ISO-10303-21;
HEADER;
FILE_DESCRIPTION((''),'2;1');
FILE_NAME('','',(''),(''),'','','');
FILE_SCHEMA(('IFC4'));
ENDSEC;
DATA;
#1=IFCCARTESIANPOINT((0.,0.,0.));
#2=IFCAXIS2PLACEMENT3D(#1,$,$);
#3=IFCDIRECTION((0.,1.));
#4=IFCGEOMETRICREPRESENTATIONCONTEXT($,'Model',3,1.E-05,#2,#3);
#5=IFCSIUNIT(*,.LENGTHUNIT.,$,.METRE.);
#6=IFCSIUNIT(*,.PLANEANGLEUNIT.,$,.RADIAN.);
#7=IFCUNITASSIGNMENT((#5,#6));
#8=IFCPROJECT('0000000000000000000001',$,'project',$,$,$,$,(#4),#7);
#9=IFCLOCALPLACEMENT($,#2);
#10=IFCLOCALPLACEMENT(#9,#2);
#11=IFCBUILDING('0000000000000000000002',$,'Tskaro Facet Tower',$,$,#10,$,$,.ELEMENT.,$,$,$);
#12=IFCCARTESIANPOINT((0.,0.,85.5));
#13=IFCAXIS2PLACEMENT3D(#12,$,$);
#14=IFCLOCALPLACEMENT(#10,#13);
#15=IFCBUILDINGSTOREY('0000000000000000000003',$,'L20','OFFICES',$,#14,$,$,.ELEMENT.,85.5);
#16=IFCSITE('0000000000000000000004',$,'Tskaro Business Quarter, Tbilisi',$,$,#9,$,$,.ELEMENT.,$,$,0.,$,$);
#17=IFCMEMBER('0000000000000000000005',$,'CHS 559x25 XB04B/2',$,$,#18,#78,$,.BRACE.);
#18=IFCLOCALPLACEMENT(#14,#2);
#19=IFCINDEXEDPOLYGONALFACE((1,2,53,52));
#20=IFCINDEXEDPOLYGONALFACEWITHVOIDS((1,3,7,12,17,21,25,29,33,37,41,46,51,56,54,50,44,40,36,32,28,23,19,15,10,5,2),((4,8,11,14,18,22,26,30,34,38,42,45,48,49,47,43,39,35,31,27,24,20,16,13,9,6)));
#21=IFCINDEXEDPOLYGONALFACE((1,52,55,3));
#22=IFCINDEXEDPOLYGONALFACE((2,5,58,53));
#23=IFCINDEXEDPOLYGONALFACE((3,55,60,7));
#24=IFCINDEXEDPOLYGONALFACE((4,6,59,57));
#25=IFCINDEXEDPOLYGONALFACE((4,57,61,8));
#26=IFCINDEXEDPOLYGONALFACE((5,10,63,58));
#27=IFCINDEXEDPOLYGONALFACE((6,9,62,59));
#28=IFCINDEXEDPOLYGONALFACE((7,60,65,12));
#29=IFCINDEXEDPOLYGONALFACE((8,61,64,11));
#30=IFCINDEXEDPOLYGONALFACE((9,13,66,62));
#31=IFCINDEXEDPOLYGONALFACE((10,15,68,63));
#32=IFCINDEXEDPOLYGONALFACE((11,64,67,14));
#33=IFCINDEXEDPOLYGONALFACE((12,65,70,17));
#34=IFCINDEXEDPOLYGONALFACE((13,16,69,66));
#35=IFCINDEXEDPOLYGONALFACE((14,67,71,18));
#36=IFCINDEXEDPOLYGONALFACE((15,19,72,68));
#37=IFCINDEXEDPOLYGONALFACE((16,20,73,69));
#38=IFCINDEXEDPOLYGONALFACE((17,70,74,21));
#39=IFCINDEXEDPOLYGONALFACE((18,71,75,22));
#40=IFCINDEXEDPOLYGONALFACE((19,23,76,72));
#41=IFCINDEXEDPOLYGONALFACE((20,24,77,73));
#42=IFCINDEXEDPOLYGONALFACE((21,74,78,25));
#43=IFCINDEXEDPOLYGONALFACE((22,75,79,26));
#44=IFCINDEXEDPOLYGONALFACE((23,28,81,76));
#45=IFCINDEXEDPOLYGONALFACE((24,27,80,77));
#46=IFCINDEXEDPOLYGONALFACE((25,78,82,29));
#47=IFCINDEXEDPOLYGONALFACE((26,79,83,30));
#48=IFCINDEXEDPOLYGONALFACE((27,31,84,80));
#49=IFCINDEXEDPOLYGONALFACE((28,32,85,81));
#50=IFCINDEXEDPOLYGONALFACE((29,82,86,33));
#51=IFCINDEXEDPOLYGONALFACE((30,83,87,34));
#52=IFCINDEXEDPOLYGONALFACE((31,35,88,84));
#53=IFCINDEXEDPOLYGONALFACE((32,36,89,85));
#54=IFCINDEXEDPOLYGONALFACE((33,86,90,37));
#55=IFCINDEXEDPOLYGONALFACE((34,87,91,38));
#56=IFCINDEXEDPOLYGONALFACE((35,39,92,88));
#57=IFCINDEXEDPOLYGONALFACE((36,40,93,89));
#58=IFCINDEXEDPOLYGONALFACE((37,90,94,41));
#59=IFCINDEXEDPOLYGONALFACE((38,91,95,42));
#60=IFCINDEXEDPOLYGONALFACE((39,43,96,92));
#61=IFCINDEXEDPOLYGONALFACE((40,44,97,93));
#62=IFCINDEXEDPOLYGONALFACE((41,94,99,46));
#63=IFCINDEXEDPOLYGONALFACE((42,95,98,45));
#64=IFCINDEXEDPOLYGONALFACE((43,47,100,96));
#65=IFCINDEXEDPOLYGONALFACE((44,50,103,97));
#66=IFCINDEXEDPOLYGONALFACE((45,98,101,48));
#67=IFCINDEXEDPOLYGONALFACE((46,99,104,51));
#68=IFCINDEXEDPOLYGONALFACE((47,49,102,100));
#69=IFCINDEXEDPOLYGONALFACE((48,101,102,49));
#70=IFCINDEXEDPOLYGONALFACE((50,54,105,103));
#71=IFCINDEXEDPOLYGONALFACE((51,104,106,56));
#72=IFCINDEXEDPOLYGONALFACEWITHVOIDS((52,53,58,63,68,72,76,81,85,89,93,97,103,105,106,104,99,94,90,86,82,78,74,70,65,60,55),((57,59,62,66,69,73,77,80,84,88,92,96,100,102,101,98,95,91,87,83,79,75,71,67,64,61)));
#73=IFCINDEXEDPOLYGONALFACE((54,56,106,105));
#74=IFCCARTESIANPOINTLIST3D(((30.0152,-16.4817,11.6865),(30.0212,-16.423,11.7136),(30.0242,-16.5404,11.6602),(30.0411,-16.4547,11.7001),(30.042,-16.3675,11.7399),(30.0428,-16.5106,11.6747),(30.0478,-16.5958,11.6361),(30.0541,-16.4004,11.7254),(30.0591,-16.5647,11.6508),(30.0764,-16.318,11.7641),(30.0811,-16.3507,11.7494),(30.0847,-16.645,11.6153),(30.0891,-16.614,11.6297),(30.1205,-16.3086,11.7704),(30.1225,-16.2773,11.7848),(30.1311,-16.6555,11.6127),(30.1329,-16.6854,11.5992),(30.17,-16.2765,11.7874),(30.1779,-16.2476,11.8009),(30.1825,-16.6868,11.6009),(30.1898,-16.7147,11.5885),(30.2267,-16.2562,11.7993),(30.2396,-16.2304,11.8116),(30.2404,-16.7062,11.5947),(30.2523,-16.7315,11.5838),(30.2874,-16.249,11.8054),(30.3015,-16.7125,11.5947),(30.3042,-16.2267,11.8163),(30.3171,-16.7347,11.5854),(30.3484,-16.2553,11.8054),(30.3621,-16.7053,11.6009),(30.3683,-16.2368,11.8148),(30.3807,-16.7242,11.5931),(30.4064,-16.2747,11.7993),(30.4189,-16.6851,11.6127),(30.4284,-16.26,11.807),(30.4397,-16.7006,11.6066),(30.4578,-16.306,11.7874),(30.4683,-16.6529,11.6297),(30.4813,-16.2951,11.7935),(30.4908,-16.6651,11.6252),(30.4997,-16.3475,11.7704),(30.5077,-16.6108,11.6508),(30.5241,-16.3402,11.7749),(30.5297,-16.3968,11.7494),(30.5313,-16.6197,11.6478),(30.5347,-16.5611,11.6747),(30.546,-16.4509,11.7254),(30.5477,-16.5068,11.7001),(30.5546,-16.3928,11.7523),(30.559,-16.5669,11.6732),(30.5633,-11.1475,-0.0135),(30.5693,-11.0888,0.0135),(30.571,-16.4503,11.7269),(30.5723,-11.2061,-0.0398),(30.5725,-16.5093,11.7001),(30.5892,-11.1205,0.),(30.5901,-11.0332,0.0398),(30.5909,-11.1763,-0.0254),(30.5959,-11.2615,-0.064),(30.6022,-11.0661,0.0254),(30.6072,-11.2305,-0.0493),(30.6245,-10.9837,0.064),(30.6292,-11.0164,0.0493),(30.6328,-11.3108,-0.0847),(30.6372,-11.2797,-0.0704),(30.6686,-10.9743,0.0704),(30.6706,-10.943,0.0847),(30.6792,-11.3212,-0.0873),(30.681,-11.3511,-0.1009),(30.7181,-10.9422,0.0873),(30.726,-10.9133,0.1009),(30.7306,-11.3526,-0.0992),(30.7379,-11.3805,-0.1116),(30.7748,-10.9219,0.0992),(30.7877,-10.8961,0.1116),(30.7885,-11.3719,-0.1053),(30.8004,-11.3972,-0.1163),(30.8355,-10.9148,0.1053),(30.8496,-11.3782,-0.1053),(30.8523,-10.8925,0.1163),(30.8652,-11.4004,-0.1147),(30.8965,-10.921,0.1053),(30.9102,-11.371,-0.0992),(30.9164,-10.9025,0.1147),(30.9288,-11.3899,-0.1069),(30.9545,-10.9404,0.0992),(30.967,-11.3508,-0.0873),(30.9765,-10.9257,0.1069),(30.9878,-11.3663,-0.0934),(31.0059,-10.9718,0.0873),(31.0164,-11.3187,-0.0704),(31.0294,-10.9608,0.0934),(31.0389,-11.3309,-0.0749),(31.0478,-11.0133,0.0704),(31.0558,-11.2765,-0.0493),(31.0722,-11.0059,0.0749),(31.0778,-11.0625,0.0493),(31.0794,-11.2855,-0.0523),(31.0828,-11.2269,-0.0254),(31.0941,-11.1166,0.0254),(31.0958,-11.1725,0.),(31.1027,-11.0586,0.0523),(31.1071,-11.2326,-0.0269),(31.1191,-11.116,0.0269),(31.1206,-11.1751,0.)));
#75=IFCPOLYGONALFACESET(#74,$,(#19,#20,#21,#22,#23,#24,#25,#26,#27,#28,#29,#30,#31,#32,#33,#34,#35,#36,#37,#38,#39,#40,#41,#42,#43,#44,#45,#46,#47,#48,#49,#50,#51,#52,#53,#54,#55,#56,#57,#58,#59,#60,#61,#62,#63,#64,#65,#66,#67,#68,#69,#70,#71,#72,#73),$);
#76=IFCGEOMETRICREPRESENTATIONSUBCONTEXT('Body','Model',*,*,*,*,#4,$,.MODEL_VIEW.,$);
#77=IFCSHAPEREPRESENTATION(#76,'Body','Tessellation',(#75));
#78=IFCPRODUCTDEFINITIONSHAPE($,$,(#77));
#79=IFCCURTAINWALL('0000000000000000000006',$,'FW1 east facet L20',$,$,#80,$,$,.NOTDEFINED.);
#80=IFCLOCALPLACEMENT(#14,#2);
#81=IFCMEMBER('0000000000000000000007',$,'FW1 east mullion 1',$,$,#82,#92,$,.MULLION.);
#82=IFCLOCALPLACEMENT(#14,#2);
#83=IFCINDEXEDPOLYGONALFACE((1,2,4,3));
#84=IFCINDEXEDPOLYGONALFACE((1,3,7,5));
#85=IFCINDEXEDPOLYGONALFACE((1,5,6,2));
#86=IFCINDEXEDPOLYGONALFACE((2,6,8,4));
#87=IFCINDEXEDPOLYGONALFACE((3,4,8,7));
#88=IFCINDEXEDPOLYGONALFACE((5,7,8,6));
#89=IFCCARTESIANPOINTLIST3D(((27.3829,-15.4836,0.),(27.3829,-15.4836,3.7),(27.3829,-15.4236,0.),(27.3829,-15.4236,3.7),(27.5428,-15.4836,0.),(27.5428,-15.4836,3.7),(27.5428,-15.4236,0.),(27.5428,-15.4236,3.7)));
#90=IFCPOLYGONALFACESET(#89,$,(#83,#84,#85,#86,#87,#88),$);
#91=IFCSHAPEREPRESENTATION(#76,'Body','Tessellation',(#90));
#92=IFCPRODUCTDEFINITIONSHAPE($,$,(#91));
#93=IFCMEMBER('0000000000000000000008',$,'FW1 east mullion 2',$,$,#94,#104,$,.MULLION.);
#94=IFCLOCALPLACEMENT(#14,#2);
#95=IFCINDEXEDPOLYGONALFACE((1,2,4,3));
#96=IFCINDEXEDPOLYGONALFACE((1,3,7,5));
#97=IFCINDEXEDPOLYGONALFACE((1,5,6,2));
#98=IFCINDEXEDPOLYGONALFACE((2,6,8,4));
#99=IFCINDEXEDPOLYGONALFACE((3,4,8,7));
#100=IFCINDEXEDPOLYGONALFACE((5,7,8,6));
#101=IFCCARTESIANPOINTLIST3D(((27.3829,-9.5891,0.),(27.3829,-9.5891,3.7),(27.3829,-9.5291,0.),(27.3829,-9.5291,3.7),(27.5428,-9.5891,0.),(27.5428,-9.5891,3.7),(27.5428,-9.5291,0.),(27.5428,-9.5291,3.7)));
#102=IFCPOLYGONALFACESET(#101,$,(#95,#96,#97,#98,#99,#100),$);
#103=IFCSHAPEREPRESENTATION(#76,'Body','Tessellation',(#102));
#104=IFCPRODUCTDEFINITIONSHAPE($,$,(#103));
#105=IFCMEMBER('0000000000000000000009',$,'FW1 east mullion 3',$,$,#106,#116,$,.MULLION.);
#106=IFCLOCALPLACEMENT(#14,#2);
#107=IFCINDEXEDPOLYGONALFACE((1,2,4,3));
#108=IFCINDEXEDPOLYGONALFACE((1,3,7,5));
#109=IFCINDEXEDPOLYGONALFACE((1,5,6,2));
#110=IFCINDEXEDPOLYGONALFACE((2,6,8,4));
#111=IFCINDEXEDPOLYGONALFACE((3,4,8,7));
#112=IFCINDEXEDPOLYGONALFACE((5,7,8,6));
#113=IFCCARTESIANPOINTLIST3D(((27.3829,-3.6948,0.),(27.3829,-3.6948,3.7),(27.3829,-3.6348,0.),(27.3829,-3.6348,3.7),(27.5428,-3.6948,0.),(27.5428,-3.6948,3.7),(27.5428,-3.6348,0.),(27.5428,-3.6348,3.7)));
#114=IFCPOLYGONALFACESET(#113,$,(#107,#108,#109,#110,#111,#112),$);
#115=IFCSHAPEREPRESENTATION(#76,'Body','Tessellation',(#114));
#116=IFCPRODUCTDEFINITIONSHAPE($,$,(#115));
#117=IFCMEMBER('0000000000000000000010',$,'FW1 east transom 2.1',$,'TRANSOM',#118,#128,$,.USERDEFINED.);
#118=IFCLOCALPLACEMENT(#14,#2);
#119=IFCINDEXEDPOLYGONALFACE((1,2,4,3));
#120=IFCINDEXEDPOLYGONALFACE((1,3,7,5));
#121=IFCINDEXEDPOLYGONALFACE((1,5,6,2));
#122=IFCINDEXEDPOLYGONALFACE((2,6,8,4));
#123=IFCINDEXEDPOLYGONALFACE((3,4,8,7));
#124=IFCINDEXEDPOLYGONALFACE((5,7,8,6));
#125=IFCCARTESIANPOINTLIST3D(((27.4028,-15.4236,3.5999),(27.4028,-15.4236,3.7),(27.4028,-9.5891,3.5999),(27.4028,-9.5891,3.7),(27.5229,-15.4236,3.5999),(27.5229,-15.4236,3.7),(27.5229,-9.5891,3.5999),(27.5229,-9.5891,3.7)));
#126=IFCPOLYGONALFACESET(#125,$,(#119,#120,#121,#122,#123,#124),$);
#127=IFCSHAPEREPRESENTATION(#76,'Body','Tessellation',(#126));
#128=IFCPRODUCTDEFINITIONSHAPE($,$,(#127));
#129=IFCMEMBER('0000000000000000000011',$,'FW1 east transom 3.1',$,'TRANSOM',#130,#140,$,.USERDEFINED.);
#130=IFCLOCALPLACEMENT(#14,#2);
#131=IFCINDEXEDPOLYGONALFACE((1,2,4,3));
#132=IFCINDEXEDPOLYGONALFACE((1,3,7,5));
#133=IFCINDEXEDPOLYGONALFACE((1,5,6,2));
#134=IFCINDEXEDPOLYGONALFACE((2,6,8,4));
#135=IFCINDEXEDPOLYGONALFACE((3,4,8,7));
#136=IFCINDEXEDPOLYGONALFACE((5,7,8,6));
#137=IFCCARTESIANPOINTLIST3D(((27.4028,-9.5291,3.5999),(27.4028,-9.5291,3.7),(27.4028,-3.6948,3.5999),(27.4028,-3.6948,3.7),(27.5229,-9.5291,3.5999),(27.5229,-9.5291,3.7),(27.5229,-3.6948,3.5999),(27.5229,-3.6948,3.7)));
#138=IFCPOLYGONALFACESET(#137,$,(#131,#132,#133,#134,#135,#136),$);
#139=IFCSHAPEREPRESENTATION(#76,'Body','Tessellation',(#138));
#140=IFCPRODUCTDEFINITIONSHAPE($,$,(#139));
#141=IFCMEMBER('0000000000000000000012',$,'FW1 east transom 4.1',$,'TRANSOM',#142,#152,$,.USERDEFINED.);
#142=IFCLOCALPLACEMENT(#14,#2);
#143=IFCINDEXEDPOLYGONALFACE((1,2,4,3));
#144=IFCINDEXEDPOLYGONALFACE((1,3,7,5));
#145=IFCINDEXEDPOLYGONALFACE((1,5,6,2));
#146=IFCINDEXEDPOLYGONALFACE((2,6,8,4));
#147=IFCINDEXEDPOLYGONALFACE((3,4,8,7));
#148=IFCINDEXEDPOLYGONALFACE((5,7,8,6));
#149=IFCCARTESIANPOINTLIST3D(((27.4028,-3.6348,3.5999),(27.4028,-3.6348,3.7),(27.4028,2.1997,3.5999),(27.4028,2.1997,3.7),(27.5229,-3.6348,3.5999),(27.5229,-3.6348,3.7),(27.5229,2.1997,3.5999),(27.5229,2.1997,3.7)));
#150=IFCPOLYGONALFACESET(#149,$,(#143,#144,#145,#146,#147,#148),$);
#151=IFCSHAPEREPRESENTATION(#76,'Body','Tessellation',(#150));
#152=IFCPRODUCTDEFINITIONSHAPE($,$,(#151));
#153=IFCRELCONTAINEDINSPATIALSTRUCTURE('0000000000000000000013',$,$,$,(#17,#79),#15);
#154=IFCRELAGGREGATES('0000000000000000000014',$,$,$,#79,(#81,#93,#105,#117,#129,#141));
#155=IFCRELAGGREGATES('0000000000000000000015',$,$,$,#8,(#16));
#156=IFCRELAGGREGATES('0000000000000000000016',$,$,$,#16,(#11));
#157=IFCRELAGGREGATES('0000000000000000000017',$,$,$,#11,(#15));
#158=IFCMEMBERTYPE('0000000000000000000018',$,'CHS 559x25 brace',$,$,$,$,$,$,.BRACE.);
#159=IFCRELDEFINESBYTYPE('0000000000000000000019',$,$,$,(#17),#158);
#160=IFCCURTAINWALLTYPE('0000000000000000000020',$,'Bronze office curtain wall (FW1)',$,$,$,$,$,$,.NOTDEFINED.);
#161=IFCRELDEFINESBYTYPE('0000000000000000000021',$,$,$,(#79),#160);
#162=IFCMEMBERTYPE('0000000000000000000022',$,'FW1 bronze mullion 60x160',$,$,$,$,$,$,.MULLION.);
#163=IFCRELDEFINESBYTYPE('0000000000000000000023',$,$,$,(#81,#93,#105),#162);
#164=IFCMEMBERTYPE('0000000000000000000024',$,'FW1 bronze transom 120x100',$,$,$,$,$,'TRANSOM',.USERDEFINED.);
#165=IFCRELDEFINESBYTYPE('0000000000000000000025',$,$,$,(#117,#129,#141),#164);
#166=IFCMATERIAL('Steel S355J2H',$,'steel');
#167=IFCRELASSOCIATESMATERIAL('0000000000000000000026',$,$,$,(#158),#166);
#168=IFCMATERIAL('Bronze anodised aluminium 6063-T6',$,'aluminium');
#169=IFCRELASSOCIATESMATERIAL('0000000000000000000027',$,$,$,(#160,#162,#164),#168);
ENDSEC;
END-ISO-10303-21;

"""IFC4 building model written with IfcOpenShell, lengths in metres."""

from ifc_helpers import new_model, si_unit, direction, frame, origin, origin_2d, place, context, subcontext, project, spatial, rectangle, hollow_circle, extrude, material, material_profile, profile_set, type_object, element, aggregate, save


model = new_model("IFC4")

# Units and contexts
model_context = context("Model", 3, precision=1e-05, world=origin(), true_north=direction((0.0, 1.0)))
body_context = subcontext(model_context, "Body", "Model", "MODEL_VIEW")
ifc_project = project(units=[si_unit("LENGTHUNIT", "METRE"), si_unit("PLANEANGLEUNIT", "RADIAN")], contexts=[model_context])

# Site, building, storey
site_placement = place(None, origin())
site = spatial("IfcSite", under=ifc_project, at=site_placement, Name="Tskaro Business Quarter, Tbilisi", CompositionType="ELEMENT", RefElevation=0.0)
building_placement = place(site_placement, origin())
building = spatial("IfcBuilding", under=site, at=building_placement, Name="Tskaro Facet Tower", CompositionType="ELEMENT")
storey_placement = place(building_placement, frame((0.0, 0.0, 85.5)))
storey = spatial("IfcBuildingStorey", under=building, at=storey_placement, Name="L20", Description="OFFICES", CompositionType="ELEMENT", Elevation=85.5)

# Shared definitions
ifc_material_1 = material(Name="Steel S355J2H", Category="steel")

# Member
ifc_material_profile_1 = material_profile(ifc_material_1, hollow_circle(Radius=0.2795, WallThickness=0.0249, at=origin_2d()), Name="CHS 559x25")
ifc_profile_set_1 = profile_set([ifc_material_profile_1], Name="Steel S355J2H")
member_type_1 = type_object("IfcMemberType", Name="CHS 559x25 brace", PredefinedType="BRACE", material=ifc_profile_set_1)
member_1_placement = place(storey_placement, frame((30.8425, -11.1465, 0.0), z_axis=(-0.042586, -0.414462, 0.90907), x_axis=(0.994763, -0.102213, 0.0)))
element("IfcMember", 1, at=member_1_placement, inside=storey, type_object=member_type_1, Name="CHS 559x25 XB04B/2", PredefinedType="BRACE", context=body_context, shape_type="SweptSolid", body=[
    extrude(hollow_circle(Radius=0.2795, WallThickness=0.0249, at=origin_2d()), origin(), (0.0, 0.0, 1.0), 12.8704),
])

# Curtain wall, members
ifc_material_2 = material(Name="Bronze anodised aluminium 6063-T6", Category="aluminium")
curtain_wall_type = type_object("IfcCurtainWallType", Name="Bronze office curtain wall (FW1)", PredefinedType="NOTDEFINED", material=ifc_material_2)
curtain_wall_placement = place(storey_placement, origin())
curtain_wall = element("IfcCurtainWall", 2, at=curtain_wall_placement, inside=storey, type_object=curtain_wall_type, Name="FW1 east facet L20", PredefinedType="NOTDEFINED")
ifc_material_profile_2 = material_profile(ifc_material_2, rectangle(XDim=0.0601, YDim=0.1599, at=origin_2d()), Name="Mullion 60x160")
ifc_profile_set_2 = profile_set([ifc_material_profile_2], Name="Bronze anodised aluminium 6063-T6")
member_type_2 = type_object("IfcMemberType", Name="FW1 bronze mullion 60x160", PredefinedType="MULLION", material=ifc_profile_set_2)
member_2_placement = place(storey_placement, frame((27.4629, -15.4536, 0.0), z_axis=(0.0, 0.0, 1.0), x_axis=(0.0, 1.0, 0.0)))
member_2 = element("IfcMember", 3, at=member_2_placement, type_object=member_type_2, Name="FW1 east mullion 1", PredefinedType="MULLION", context=body_context, shape_type="SweptSolid", body=[
    extrude(rectangle(XDim=0.0601, YDim=0.1599, at=origin_2d()), origin(), (0.0, 0.0, 1.0), 3.7),
])
member_3_placement = place(storey_placement, frame((27.4629, -9.5591, 0.0), z_axis=(0.0, 0.0, 1.0), x_axis=(0.0, 1.0, 0.0)))
member_3 = element("IfcMember", 4, at=member_3_placement, type_object=member_type_2, Name="FW1 east mullion 2", PredefinedType="MULLION", context=body_context, shape_type="SweptSolid", body=[
    extrude(rectangle(XDim=0.0601, YDim=0.1599, at=origin_2d()), origin(), (0.0, 0.0, 1.0), 3.7),
])
member_4_placement = place(storey_placement, frame((27.4629, -3.6648, 0.0), z_axis=(0.0, 0.0, 1.0), x_axis=(0.0, 1.0, 0.0)))
member_4 = element("IfcMember", 5, at=member_4_placement, type_object=member_type_2, Name="FW1 east mullion 3", PredefinedType="MULLION", context=body_context, shape_type="SweptSolid", body=[
    extrude(rectangle(XDim=0.0601, YDim=0.1599, at=origin_2d()), origin(), (0.0, 0.0, 1.0), 3.7),
])
ifc_material_profile_3 = material_profile(ifc_material_2, rectangle(XDim=0.1201, YDim=0.1001, at=origin_2d()), Name="Transom 120x100")
ifc_profile_set_3 = profile_set([ifc_material_profile_3], Name="Bronze anodised aluminium 6063-T6")
member_type_3 = type_object("IfcMemberType", Name="FW1 bronze transom 120x100", ElementType="TRANSOM", PredefinedType="USERDEFINED", material=ifc_profile_set_3)
member_5_placement = place(storey_placement, frame((27.4629, -15.4236, 3.6499), z_axis=(0.0, 1.0, 0.0), x_axis=(-1.0, 0.0, 0.0)))
member_5 = element("IfcMember", 6, at=member_5_placement, type_object=member_type_3, Name="FW1 east transom 2.1", ObjectType="TRANSOM", PredefinedType="USERDEFINED", context=body_context, shape_type="SweptSolid", body=[
    extrude(rectangle(XDim=0.1201, YDim=0.1001, at=origin_2d()), origin(), (0.0, 0.0, 1.0), 5.8345),
])
member_6_placement = place(storey_placement, frame((27.4629, -9.5291, 3.6499), z_axis=(0.0, 1.0, 0.0), x_axis=(-1.0, 0.0, 0.0)))
member_6 = element("IfcMember", 7, at=member_6_placement, type_object=member_type_3, Name="FW1 east transom 3.1", ObjectType="TRANSOM", PredefinedType="USERDEFINED", context=body_context, shape_type="SweptSolid", body=[
    extrude(rectangle(XDim=0.1201, YDim=0.1001, at=origin_2d()), origin(), (0.0, 0.0, 1.0), 5.8342),
])
member_7_placement = place(storey_placement, frame((27.4629, -3.6348, 3.6499), z_axis=(0.0, 1.0, 0.0), x_axis=(-1.0, 0.0, 0.0)))
member_7 = element("IfcMember", 8, at=member_7_placement, type_object=member_type_3, Name="FW1 east transom 4.1", ObjectType="TRANSOM", PredefinedType="USERDEFINED", context=body_context, shape_type="SweptSolid", body=[
    extrude(rectangle(XDim=0.1201, YDim=0.1001, at=origin_2d()), origin(), (0.0, 0.0, 1.0), 5.8345),
])

aggregate(curtain_wall, [member_2, member_3, member_4, member_5, member_6, member_7])

save(model, "model.ifc")
